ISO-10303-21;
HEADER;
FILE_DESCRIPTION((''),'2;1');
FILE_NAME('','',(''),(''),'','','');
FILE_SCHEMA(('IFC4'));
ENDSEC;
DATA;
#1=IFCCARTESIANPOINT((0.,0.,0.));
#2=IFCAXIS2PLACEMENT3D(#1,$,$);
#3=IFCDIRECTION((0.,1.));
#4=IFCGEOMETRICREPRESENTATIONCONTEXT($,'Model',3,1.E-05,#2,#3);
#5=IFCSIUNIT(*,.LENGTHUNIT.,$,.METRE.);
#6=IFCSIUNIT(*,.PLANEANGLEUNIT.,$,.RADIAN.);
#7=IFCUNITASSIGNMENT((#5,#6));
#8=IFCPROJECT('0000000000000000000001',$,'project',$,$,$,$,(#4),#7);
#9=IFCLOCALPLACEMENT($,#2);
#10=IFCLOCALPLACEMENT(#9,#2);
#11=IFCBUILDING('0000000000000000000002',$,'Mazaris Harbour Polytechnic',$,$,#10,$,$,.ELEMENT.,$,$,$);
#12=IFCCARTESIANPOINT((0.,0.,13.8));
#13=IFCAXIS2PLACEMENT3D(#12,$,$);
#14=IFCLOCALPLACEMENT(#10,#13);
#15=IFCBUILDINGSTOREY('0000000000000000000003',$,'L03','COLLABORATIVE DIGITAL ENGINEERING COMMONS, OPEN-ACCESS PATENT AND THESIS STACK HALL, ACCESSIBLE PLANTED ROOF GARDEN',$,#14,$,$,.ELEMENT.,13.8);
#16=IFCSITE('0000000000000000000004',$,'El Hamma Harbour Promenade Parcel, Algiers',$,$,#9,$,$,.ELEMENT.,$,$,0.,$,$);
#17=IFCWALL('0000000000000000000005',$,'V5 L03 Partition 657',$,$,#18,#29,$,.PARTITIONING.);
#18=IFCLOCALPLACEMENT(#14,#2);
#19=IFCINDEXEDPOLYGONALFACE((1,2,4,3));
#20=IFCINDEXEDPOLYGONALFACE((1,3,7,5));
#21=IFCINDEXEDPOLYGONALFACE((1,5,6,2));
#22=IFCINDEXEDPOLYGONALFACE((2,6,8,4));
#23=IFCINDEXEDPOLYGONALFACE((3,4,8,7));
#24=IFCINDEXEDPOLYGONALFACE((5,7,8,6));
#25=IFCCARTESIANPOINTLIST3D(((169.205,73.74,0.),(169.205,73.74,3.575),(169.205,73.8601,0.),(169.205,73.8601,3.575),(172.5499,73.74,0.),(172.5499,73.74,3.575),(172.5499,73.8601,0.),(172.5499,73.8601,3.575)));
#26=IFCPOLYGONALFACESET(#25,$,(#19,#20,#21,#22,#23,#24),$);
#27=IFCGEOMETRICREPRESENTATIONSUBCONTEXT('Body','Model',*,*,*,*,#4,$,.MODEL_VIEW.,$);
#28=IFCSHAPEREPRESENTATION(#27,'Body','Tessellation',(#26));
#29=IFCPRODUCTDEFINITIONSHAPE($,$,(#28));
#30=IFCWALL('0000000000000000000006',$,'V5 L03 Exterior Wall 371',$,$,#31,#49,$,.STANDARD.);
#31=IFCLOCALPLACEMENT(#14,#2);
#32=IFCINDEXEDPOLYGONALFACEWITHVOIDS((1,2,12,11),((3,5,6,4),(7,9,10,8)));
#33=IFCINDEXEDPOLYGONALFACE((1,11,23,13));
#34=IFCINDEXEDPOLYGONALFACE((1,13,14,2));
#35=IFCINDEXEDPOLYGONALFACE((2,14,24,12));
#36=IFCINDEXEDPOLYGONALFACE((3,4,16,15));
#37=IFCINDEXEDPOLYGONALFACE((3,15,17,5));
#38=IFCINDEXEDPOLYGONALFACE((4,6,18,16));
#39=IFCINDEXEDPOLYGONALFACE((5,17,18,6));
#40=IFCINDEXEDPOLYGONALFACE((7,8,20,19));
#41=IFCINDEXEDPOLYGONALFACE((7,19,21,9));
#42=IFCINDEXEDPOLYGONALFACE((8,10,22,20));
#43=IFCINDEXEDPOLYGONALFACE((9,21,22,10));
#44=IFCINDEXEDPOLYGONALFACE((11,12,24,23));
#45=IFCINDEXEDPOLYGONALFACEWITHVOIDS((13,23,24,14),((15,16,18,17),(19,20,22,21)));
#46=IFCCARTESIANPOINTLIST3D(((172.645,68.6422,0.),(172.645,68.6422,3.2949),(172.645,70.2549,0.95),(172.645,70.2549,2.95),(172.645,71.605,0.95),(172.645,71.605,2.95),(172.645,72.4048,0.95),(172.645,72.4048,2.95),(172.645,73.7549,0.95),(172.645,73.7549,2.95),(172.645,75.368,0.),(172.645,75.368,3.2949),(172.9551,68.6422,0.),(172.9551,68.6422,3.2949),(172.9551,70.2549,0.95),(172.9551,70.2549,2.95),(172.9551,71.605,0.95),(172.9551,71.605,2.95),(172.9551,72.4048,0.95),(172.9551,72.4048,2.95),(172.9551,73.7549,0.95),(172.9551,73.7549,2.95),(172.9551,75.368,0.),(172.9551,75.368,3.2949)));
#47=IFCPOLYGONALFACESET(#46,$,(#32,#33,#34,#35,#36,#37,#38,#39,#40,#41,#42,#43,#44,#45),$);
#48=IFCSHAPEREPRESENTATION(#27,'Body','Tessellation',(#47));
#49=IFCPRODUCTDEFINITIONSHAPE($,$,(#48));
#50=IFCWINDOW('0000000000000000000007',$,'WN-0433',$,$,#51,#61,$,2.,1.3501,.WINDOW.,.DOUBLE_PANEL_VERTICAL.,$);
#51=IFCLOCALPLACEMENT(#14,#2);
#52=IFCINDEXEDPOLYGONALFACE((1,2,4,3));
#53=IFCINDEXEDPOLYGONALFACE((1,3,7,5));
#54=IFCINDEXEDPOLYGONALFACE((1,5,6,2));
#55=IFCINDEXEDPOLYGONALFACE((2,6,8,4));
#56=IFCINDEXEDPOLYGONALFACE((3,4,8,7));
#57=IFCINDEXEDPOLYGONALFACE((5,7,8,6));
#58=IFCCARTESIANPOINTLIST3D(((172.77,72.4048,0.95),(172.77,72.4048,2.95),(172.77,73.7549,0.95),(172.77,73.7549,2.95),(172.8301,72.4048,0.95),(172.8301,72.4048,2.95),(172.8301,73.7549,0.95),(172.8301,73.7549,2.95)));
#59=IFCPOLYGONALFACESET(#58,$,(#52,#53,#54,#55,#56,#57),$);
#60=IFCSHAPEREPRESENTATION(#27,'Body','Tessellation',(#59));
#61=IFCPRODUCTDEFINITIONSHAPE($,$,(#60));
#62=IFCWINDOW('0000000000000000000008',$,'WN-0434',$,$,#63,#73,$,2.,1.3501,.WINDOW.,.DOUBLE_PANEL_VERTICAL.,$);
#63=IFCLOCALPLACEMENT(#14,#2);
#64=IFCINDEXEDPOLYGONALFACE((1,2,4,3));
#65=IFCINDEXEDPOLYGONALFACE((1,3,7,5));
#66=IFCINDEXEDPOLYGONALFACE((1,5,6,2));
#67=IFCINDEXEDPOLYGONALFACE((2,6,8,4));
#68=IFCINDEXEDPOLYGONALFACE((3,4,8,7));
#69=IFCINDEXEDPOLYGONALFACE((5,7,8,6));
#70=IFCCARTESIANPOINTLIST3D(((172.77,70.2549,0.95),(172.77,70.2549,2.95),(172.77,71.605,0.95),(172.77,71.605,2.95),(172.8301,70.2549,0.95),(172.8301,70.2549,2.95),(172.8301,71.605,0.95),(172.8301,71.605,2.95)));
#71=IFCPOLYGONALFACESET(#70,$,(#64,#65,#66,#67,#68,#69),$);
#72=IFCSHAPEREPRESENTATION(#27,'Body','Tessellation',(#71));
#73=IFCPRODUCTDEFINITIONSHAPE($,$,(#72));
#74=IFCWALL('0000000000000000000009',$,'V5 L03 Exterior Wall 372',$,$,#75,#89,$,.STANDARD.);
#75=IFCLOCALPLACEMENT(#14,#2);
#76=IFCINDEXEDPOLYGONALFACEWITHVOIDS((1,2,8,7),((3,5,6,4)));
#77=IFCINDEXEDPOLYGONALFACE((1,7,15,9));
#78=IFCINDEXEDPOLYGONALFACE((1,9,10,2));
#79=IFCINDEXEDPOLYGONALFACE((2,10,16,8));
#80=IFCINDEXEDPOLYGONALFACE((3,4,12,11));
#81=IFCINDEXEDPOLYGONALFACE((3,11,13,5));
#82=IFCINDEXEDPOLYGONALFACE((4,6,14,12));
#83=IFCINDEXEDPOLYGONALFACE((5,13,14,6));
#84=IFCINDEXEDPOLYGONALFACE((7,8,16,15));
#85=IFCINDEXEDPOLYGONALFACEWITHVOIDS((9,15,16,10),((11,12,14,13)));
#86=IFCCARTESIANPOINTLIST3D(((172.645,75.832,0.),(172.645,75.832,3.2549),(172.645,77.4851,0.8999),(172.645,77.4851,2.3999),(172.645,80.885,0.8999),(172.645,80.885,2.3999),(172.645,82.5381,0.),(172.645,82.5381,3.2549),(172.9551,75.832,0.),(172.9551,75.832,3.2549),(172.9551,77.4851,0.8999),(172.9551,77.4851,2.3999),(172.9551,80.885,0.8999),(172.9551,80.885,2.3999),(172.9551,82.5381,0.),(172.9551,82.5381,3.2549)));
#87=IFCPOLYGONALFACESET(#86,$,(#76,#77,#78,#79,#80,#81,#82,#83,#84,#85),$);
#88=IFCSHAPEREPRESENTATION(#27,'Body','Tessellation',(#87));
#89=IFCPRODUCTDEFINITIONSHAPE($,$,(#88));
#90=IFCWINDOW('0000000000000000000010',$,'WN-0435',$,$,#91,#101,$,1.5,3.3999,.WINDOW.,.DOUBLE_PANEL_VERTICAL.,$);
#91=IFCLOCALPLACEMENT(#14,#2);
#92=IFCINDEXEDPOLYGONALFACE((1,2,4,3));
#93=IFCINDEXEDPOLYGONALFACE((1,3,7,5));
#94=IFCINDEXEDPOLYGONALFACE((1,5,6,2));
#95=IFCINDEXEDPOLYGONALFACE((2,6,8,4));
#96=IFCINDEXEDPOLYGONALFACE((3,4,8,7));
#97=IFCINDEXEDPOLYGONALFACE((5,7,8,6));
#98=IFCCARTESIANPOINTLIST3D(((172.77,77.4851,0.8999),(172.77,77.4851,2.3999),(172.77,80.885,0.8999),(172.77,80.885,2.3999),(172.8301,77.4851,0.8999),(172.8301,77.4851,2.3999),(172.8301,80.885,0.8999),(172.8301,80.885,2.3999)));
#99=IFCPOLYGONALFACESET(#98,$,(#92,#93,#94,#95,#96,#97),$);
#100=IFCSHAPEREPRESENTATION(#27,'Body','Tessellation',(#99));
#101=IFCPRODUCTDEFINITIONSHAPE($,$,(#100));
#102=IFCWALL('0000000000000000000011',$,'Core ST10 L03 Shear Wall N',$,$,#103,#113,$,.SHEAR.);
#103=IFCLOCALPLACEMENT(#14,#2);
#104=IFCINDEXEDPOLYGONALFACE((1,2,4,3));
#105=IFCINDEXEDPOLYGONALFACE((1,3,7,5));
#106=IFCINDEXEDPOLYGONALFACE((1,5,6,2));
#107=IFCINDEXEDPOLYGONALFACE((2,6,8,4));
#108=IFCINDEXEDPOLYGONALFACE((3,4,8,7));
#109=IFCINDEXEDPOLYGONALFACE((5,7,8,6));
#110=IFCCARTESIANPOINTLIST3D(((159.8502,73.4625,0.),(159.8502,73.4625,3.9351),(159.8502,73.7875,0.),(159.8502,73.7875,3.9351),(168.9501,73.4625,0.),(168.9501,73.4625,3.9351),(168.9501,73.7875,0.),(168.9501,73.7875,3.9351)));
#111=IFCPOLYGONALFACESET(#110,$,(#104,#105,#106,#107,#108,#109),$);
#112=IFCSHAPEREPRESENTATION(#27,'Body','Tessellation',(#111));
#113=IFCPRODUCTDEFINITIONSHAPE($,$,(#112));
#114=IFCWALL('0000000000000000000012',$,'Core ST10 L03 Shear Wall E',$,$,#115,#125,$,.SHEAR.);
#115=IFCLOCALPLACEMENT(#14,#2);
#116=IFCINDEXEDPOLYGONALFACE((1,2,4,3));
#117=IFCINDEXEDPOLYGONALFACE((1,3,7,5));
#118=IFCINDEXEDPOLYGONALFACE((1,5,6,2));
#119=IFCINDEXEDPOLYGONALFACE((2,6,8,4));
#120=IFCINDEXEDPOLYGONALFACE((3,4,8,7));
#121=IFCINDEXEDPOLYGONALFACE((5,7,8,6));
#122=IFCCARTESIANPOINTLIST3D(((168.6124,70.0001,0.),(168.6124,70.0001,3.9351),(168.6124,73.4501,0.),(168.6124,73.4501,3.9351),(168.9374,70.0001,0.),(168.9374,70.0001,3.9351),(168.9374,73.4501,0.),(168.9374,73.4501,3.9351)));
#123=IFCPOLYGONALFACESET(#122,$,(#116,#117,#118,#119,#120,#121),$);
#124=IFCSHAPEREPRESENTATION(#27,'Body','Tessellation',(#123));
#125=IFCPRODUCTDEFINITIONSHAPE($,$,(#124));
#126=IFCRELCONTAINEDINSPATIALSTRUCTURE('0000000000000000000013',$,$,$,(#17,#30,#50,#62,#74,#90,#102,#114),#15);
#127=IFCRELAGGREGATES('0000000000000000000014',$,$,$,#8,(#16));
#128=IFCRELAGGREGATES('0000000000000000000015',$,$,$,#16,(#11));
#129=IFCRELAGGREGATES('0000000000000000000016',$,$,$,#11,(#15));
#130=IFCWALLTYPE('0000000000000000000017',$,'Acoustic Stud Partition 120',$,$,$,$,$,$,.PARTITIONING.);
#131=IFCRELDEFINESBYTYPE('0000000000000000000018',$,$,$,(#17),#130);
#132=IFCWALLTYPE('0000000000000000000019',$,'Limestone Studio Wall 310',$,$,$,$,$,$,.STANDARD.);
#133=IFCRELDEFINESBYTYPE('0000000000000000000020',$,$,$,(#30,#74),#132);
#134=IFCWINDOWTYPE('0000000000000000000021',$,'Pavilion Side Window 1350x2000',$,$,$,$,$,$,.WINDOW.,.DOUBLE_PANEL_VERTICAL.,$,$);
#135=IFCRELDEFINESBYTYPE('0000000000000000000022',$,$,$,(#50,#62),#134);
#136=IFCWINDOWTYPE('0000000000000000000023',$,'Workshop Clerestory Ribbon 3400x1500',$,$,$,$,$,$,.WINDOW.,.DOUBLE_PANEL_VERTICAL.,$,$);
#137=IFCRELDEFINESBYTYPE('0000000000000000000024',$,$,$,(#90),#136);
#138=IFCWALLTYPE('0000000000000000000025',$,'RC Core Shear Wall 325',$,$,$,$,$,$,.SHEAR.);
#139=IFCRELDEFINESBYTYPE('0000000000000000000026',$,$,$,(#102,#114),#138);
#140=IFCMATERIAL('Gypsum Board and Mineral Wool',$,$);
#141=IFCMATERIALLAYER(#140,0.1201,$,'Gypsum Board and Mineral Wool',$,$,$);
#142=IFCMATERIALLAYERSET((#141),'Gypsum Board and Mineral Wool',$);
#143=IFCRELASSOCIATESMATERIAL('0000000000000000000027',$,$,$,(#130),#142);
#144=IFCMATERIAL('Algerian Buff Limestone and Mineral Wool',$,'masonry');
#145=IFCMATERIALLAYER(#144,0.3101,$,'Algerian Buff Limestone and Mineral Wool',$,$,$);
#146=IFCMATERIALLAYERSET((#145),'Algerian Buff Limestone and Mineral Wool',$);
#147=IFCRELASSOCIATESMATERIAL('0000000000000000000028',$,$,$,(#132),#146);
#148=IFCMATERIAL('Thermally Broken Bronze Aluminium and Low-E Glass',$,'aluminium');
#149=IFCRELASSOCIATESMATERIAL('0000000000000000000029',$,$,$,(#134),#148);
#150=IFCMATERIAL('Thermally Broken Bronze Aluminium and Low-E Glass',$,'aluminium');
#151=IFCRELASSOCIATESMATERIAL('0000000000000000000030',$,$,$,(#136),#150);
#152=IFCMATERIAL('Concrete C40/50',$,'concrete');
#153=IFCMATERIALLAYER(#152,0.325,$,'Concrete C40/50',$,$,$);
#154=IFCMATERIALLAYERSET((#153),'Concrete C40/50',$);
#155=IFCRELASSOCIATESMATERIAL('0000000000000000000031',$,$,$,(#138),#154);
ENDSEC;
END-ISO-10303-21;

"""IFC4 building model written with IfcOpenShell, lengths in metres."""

from ifc_helpers import new_model, si_unit, direction, frame, frame_2d, origin, place, context, subcontext, project, spatial, rectangle, extrude, material, layer, layer_set, type_object, element, fill, save


model = new_model("IFC4")

# Units and contexts
model_context = context("Model", 3, precision=1e-05, world=origin(), true_north=direction((0.0, 1.0)))
body_context = subcontext(model_context, "Body", "Model", "MODEL_VIEW")
ifc_project = project(units=[si_unit("LENGTHUNIT", "METRE"), si_unit("PLANEANGLEUNIT", "RADIAN")], contexts=[model_context])

# Site, building, storey
site_placement = place(None, origin())
site = spatial("IfcSite", under=ifc_project, at=site_placement, Name="El Hamma Harbour Promenade Parcel, Algiers", CompositionType="ELEMENT", RefElevation=0.0)
building_placement = place(site_placement, origin())
building = spatial("IfcBuilding", under=site, at=building_placement, Name="Mazaris Harbour Polytechnic", CompositionType="ELEMENT")
storey_placement = place(building_placement, frame((0.0, 0.0, 13.8)))
storey = spatial("IfcBuildingStorey", under=building, at=storey_placement, Name="L03", Description="COLLABORATIVE DIGITAL ENGINEERING COMMONS, OPEN-ACCESS PATENT AND THESIS STACK HALL, ACCESSIBLE PLANTED ROOF GARDEN", CompositionType="ELEMENT", Elevation=13.8)

# Wall
ifc_material_1 = material(Name="Gypsum Board and Mineral Wool")
ifc_layer_1 = layer(ifc_material_1, 0.1201, Name="Gypsum Board and Mineral Wool")
ifc_layer_set_1 = layer_set([ifc_layer_1], Name="Gypsum Board and Mineral Wool")
wall_type_1 = type_object("IfcWallType", Name="Acoustic Stud Partition 120", PredefinedType="PARTITIONING", material=ifc_layer_set_1)
wall_1_placement = place(storey_placement, frame((169.2051, 73.8, 0.0), z_axis=(0.0, 0.0, 1.0), x_axis=(1.0, 0.0, 0.0)))
element("IfcWall", 1, at=wall_1_placement, inside=storey, type_object=wall_type_1, Name="V5 L03 Partition 657", PredefinedType="PARTITIONING", context=body_context, shape_type="SweptSolid", body=[
    extrude(rectangle(XDim=3.345, YDim=0.1201, at=frame_2d((1.6724, 0.0))), origin(), (0.0, 0.0, 1.0), 3.575),
])

# Wall, openings, windows
ifc_material_2 = material(Name="Algerian Buff Limestone and Mineral Wool", Category="masonry")
ifc_layer_2 = layer(ifc_material_2, 0.3101, Name="Algerian Buff Limestone and Mineral Wool")
ifc_layer_set_2 = layer_set([ifc_layer_2], Name="Algerian Buff Limestone and Mineral Wool")
wall_type_2 = type_object("IfcWallType", Name="Limestone Studio Wall 310", PredefinedType="STANDARD", material=ifc_layer_set_2)
wall_2_placement = place(storey_placement, frame((172.8, 75.3679, 0.0), z_axis=(0.0, 0.0, 1.0), x_axis=(0.0, -1.0, 0.0)))
wall_2 = element("IfcWall", 2, at=wall_2_placement, inside=storey, type_object=wall_type_2, Name="V5 L03 Exterior Wall 371", PredefinedType="STANDARD", context=body_context, shape_type="SweptSolid", body=[
    extrude(rectangle(XDim=6.7258, YDim=0.3101, at=frame_2d((3.3628, 0.0))), origin(), (0.0, 0.0, 1.0), 3.2949),
])
opening_1_placement = place(wall_2_placement, frame((1.613, 0.0, 0.95)))
opening_1 = element("IfcOpeningElement", 3, at=opening_1_placement, cuts=wall_2, PredefinedType="OPENING", context=body_context, shape_type="SweptSolid", body=[
    extrude(rectangle(XDim=1.3501, YDim=2.0, at=frame_2d((0.675, 1.0))), frame((0.0, 0.165, 0.0), z_axis=(0.0, -1.0, 0.0), x_axis=(1.0, 0.0, 0.0)), (0.0, 0.0, 1.0), 0.3301),
])
opening_2_placement = place(wall_2_placement, frame((3.7629, 0.0, 0.95)))
opening_2 = element("IfcOpeningElement", 4, at=opening_2_placement, cuts=wall_2, PredefinedType="OPENING", context=body_context, shape_type="SweptSolid", body=[
    extrude(rectangle(XDim=1.3501, YDim=2.0, at=frame_2d((0.675, 1.0))), frame((0.0, 0.165, 0.0), z_axis=(0.0, -1.0, 0.0), x_axis=(1.0, 0.0, 0.0)), (0.0, 0.0, 1.0), 0.3301),
])
ifc_material_3 = material(Name="Thermally Broken Bronze Aluminium and Low-E Glass", Category="aluminium")
window_type_1 = type_object("IfcWindowType", Name="Pavilion Side Window 1350x2000", PartitioningType="DOUBLE_PANEL_VERTICAL", PredefinedType="WINDOW", material=ifc_material_3)
window_1_placement = place(opening_1_placement, origin())
window_1 = element("IfcWindow", 5, at=window_1_placement, inside=storey, type_object=window_type_1, Name="WN-0433", OverallHeight=2.0, OverallWidth=1.3501, PartitioningType="DOUBLE_PANEL_VERTICAL", PredefinedType="WINDOW", context=body_context, shape_type="SweptSolid", body=[
    extrude(rectangle(XDim=1.3501, YDim=2.0, at=frame_2d((0.675, 1.0))), frame((0.0, 0.03, 0.0), z_axis=(0.0, -1.0, 0.0), x_axis=(1.0, 0.0, 0.0)), (0.0, 0.0, 1.0), 0.0601),
])
fill(opening_1, window_1)
window_2_placement = place(opening_2_placement, origin())
window_2 = element("IfcWindow", 6, at=window_2_placement, inside=storey, type_object=window_type_1, Name="WN-0434", OverallHeight=2.0, OverallWidth=1.3501, PartitioningType="DOUBLE_PANEL_VERTICAL", PredefinedType="WINDOW", context=body_context, shape_type="SweptSolid", body=[
    extrude(rectangle(XDim=1.3501, YDim=2.0, at=frame_2d((0.675, 1.0))), frame((0.0, 0.03, 0.0), z_axis=(0.0, -1.0, 0.0), x_axis=(1.0, 0.0, 0.0)), (0.0, 0.0, 1.0), 0.0601),
])
fill(opening_2, window_2)

# Wall, opening, window
wall_3_placement = place(storey_placement, frame((172.8, 82.5381, 0.0), z_axis=(0.0, 0.0, 1.0), x_axis=(0.0, -1.0, 0.0)))
wall_3 = element("IfcWall", 7, at=wall_3_placement, inside=storey, type_object=wall_type_2, Name="V5 L03 Exterior Wall 372", PredefinedType="STANDARD", context=body_context, shape_type="SweptSolid", body=[
    extrude(rectangle(XDim=6.7061, YDim=0.3101, at=frame_2d((3.353, 0.0))), origin(), (0.0, 0.0, 1.0), 3.2549),
])
opening_3_placement = place(wall_3_placement, frame((1.6531, 0.0, 0.8999)))
opening_3 = element("IfcOpeningElement", 8, at=opening_3_placement, cuts=wall_3, PredefinedType="OPENING", context=body_context, shape_type="SweptSolid", body=[
    extrude(rectangle(XDim=3.3999, YDim=1.5, at=frame_2d((1.7, 0.75))), frame((0.0, 0.165, 0.0), z_axis=(0.0, -1.0, 0.0), x_axis=(1.0, 0.0, 0.0)), (0.0, 0.0, 1.0), 0.3301),
])
ifc_material_4 = material(Name="Thermally Broken Bronze Aluminium and Low-E Glass", Category="aluminium")
window_type_2 = type_object("IfcWindowType", Name="Workshop Clerestory Ribbon 3400x1500", PartitioningType="DOUBLE_PANEL_VERTICAL", PredefinedType="WINDOW", material=ifc_material_4)
window_3_placement = place(opening_3_placement, origin())
window_3 = element("IfcWindow", 9, at=window_3_placement, inside=storey, type_object=window_type_2, Name="WN-0435", OverallHeight=1.5, OverallWidth=3.3999, PartitioningType="DOUBLE_PANEL_VERTICAL", PredefinedType="WINDOW", context=body_context, shape_type="SweptSolid", body=[
    extrude(rectangle(XDim=3.3999, YDim=1.5, at=frame_2d((1.7, 0.75))), frame((0.0, 0.03, 0.0), z_axis=(0.0, -1.0, 0.0), x_axis=(1.0, 0.0, 0.0)), (0.0, 0.0, 1.0), 0.0601),
])
fill(opening_3, window_3)

# Walls
ifc_material_5 = material(Name="Concrete C40/50", Category="concrete")
ifc_layer_3 = layer(ifc_material_5, 0.325, Name="Concrete C40/50")
ifc_layer_set_3 = layer_set([ifc_layer_3], Name="Concrete C40/50")
wall_type_3 = type_object("IfcWallType", Name="RC Core Shear Wall 325", PredefinedType="SHEAR", material=ifc_layer_set_3)
wall_4_placement = place(storey_placement, frame((168.95, 73.625, 0.0), z_axis=(0.0, 0.0, 1.0), x_axis=(-1.0, 0.0, 0.0)))
element("IfcWall", 10, at=wall_4_placement, inside=storey, type_object=wall_type_3, Name="Core ST10 L03 Shear Wall N", PredefinedType="SHEAR", context=body_context, shape_type="SweptSolid", body=[
    extrude(rectangle(XDim=9.0999, YDim=0.325, at=frame_2d((4.5498, 0.0))), origin(), (0.0, 0.0, 1.0), 3.9351),
])
wall_5_placement = place(storey_placement, frame((168.7749, 70.0, 0.0), z_axis=(0.0, 0.0, 1.0), x_axis=(0.0, 1.0, 0.0)))
element("IfcWall", 11, at=wall_5_placement, inside=storey, type_object=wall_type_3, Name="Core ST10 L03 Shear Wall E", PredefinedType="SHEAR", context=body_context, shape_type="SweptSolid", body=[
    extrude(rectangle(XDim=3.45, YDim=0.325, at=frame_2d((1.7251, 0.0))), origin(), (0.0, 0.0, 1.0), 3.9351),
])

save(model, "model.ifc")
